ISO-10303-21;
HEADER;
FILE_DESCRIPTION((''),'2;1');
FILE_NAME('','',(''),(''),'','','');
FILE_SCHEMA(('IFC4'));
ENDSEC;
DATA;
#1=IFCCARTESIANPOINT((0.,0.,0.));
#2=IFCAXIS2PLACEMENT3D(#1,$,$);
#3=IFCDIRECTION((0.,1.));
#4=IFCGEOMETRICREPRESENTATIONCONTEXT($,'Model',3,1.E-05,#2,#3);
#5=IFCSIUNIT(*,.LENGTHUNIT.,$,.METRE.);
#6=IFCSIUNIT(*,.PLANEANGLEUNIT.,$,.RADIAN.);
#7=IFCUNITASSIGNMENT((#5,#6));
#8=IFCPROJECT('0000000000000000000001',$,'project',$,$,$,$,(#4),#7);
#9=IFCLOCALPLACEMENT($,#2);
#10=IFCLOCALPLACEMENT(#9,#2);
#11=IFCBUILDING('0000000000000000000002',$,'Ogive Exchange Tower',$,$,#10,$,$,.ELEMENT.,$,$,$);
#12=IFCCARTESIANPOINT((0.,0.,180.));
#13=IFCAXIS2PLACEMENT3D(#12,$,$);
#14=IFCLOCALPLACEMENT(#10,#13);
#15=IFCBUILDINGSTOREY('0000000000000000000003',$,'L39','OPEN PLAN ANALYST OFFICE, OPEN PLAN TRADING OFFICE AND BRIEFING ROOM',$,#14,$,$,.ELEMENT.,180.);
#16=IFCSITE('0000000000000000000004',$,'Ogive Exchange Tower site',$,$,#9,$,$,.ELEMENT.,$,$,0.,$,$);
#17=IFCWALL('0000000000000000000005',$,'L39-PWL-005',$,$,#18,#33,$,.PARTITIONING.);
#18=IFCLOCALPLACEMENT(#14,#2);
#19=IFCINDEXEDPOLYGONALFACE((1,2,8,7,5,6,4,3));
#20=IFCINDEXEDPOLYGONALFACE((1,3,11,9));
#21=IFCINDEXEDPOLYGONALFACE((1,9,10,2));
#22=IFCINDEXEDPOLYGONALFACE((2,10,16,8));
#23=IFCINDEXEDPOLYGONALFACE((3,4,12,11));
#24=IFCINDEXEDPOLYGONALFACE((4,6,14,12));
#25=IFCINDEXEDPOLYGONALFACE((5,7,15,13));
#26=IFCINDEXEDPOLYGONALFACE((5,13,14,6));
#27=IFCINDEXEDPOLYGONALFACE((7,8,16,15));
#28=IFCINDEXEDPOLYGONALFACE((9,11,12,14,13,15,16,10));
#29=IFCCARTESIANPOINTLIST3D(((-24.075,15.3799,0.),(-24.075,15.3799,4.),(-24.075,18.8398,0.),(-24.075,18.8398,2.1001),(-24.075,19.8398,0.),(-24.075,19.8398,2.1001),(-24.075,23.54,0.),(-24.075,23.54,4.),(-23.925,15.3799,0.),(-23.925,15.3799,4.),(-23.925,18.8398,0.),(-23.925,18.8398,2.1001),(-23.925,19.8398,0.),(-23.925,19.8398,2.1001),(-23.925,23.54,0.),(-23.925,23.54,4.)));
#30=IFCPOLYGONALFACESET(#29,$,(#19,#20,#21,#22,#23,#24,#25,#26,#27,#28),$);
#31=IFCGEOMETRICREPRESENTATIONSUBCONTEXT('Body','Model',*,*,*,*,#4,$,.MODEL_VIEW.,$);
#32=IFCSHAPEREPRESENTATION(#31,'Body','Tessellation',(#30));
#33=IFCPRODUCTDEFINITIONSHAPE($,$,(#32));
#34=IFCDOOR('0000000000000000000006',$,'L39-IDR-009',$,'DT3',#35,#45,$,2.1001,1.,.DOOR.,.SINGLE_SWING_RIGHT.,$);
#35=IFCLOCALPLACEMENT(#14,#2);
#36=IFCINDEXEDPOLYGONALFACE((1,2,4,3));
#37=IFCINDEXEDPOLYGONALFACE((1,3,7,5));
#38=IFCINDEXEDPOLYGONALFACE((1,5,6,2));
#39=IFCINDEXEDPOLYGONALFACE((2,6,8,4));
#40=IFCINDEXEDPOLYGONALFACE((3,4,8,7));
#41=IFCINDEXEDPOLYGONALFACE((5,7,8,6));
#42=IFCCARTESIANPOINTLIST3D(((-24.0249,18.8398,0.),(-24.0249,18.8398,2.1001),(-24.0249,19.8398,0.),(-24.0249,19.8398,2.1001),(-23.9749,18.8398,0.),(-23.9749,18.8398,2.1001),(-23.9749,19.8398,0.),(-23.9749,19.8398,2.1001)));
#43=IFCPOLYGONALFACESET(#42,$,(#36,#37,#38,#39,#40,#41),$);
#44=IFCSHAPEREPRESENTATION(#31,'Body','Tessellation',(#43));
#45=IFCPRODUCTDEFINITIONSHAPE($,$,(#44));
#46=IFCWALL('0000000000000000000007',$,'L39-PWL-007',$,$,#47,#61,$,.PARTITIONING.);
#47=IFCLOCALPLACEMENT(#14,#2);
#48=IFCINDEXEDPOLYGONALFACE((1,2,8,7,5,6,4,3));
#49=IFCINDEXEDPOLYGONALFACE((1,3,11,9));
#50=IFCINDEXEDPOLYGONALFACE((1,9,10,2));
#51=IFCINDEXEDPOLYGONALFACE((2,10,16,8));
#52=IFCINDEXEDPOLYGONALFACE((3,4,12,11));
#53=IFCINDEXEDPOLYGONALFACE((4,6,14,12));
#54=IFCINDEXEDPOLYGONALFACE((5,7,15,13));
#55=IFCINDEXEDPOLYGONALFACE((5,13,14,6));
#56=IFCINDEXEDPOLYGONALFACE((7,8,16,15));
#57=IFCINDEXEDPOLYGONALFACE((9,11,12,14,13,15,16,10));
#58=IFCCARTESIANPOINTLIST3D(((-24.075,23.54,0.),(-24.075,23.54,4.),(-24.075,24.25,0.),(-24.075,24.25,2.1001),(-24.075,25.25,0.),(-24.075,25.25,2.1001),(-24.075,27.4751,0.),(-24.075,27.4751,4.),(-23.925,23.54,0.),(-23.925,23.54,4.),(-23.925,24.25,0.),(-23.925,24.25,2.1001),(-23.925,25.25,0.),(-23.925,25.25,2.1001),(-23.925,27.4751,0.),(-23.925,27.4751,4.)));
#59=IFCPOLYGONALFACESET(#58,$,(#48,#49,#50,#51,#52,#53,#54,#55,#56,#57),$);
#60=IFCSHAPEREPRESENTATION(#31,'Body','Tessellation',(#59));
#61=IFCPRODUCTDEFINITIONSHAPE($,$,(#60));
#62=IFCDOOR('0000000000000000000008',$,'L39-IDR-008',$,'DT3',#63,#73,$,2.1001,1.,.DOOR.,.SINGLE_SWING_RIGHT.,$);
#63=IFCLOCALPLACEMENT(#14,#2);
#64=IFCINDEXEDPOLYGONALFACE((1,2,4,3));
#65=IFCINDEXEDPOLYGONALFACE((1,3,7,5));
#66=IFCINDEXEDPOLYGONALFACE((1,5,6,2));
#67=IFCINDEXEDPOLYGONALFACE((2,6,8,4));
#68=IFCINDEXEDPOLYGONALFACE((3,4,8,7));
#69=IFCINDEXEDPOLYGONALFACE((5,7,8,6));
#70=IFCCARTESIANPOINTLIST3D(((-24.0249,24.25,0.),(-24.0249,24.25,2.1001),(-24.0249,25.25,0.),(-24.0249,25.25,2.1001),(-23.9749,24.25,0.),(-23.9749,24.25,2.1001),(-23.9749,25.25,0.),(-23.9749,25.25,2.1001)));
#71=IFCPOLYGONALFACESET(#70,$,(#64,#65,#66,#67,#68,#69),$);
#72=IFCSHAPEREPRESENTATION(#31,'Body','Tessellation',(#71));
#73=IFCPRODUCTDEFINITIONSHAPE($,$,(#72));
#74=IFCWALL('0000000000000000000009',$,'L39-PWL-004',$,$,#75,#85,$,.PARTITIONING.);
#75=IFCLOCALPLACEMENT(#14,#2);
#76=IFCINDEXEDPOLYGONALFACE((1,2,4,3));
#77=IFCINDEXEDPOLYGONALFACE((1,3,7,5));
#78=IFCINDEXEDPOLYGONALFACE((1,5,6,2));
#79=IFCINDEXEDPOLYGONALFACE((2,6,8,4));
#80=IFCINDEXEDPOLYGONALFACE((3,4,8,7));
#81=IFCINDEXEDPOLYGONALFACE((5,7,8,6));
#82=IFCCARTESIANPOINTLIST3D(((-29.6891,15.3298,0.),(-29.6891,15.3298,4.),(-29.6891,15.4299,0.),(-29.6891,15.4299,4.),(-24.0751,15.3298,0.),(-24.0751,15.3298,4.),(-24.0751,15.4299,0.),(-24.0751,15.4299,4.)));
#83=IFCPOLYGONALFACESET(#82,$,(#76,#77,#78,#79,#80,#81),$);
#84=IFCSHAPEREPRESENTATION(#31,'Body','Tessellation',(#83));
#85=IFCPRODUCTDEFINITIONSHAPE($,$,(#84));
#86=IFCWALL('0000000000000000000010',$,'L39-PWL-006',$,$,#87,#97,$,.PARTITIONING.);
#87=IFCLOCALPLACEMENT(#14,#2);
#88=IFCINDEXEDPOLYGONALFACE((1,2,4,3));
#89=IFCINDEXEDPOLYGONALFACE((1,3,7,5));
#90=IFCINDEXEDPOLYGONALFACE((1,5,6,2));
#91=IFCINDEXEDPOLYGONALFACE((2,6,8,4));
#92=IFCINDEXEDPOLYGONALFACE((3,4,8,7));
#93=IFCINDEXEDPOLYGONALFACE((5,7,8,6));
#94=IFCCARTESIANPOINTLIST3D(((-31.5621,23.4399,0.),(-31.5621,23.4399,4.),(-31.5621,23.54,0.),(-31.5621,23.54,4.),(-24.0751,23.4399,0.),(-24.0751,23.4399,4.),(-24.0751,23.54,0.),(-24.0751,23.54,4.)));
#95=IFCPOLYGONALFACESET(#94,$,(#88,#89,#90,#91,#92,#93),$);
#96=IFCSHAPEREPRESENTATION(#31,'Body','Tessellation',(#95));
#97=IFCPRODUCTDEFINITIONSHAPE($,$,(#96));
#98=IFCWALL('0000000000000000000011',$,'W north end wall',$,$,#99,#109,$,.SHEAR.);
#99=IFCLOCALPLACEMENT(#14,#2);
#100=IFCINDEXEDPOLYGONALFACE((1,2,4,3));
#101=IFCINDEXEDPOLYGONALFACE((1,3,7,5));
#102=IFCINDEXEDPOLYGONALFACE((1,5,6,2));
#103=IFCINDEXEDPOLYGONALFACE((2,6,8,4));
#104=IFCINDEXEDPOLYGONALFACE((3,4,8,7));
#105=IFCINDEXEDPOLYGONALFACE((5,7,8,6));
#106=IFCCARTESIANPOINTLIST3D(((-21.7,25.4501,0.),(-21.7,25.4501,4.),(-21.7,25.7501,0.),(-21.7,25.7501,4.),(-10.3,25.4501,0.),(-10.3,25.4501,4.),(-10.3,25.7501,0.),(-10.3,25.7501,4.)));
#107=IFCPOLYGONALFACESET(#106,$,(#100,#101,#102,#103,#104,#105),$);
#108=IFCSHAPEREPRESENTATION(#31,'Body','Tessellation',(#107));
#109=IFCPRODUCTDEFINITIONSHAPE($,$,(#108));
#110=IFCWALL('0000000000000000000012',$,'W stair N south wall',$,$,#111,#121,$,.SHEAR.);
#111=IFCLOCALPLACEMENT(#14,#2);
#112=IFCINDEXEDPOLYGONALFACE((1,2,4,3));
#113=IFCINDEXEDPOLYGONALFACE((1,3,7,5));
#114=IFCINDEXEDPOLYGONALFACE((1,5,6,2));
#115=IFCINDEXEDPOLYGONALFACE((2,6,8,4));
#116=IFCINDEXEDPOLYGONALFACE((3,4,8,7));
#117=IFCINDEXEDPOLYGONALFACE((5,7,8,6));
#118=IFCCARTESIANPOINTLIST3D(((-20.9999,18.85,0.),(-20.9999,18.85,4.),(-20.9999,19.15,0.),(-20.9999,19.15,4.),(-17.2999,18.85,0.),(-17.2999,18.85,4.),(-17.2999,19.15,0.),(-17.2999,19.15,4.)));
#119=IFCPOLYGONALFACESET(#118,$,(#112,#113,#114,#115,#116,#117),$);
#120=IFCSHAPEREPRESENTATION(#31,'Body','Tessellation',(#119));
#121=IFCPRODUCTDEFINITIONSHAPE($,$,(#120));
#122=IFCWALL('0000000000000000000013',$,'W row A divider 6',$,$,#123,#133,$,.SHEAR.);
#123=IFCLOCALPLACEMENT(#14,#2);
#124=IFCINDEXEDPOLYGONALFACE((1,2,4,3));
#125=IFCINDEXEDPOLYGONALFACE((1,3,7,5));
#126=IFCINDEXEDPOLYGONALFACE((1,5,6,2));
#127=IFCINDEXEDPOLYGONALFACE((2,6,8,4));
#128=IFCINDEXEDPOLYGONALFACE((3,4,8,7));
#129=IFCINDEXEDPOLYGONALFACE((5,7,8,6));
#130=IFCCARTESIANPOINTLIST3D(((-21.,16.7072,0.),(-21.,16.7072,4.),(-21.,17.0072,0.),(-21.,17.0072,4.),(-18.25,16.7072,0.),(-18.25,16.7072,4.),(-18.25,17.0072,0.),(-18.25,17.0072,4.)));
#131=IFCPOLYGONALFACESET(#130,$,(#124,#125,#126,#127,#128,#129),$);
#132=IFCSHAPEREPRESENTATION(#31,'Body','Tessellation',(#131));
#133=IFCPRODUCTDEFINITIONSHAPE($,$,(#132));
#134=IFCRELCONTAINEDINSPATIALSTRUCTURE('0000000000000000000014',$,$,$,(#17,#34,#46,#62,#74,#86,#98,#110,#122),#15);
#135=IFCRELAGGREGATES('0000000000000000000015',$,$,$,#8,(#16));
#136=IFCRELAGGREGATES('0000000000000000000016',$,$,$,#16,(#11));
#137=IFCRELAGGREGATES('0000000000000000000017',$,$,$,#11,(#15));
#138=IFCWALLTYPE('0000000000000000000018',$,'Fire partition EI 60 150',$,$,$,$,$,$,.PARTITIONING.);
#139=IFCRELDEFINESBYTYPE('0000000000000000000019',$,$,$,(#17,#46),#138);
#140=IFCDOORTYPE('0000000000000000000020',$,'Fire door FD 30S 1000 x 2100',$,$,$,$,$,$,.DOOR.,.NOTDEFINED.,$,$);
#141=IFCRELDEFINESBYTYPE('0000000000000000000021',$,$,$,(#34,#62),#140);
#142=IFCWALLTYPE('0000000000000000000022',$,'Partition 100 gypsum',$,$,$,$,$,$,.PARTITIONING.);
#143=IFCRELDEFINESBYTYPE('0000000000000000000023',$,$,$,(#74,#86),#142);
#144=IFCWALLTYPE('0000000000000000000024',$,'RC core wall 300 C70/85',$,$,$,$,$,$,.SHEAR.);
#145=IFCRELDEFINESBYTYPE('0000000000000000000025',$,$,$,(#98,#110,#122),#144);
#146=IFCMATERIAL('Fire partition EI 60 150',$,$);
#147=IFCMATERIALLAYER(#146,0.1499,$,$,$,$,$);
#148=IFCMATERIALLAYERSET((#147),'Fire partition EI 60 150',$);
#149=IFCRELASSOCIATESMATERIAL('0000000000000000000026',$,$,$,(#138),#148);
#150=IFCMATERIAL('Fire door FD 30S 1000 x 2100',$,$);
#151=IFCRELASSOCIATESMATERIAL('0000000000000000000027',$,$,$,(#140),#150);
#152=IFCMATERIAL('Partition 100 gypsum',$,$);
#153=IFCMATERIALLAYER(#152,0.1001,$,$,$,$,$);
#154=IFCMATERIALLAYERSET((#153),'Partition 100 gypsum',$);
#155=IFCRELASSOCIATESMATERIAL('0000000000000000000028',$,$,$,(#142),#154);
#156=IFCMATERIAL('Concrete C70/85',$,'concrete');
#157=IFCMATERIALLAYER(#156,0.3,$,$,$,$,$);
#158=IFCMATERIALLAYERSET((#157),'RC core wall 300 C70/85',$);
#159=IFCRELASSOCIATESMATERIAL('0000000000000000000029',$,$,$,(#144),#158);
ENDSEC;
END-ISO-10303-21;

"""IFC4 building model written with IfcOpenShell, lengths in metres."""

from ifc_helpers import new_model, si_unit, direction, frame, frame_2d, origin, place, context, subcontext, project, spatial, rectangle, extrude, material, layer, layer_set, type_object, element, fill, save


model = new_model("IFC4")

# Units and contexts
model_context = context("Model", 3, precision=1e-05, world=origin(), true_north=direction((0.0, 1.0)))
body_context = subcontext(model_context, "Body", "Model", "MODEL_VIEW")
ifc_project = project(units=[si_unit("LENGTHUNIT", "METRE"), si_unit("PLANEANGLEUNIT", "RADIAN")], contexts=[model_context])

# Site, building, storey
site_placement = place(None, origin())
site = spatial("IfcSite", under=ifc_project, at=site_placement, Name="Ogive Exchange Tower site", CompositionType="ELEMENT", RefElevation=0.0)
building_placement = place(site_placement, origin())
building = spatial("IfcBuilding", under=site, at=building_placement, Name="Ogive Exchange Tower", CompositionType="ELEMENT")
storey_placement = place(building_placement, frame((0.0, 0.0, 180.0)))
storey = spatial("IfcBuildingStorey", under=building, at=storey_placement, Name="L39", Description="OPEN PLAN ANALYST OFFICE, OPEN PLAN TRADING OFFICE AND BRIEFING ROOM", CompositionType="ELEMENT", Elevation=180.0)

# Walls, openings, doors
ifc_material_1 = material(Name="Fire partition EI 60 150")
ifc_layer_1 = layer(ifc_material_1, 0.1499)
ifc_layer_set_1 = layer_set([ifc_layer_1], Name="Fire partition EI 60 150")
wall_type_1 = type_object("IfcWallType", Name="Fire partition EI 60 150", PredefinedType="PARTITIONING", material=ifc_layer_set_1)
wall_1_placement = place(storey_placement, frame((-24.0, 15.3799, 0.0), z_axis=(0.0, 0.0, 1.0), x_axis=(0.0, 1.0, 0.0)))
wall_1 = element("IfcWall", 1, at=wall_1_placement, inside=storey, type_object=wall_type_1, Name="L39-PWL-005", PredefinedType="PARTITIONING", context=body_context, shape_type="SweptSolid", body=[
    extrude(rectangle(XDim=8.1602, YDim=0.1499, at=frame_2d((4.0801, 0.0))), origin(), (0.0, 0.0, 1.0), 4.0),
])
opening_1_placement = place(wall_1_placement, frame((3.46, 0.0, 0.0)))
opening_1 = element("IfcOpeningElement", 2, at=opening_1_placement, cuts=wall_1, PredefinedType="OPENING", context=body_context, shape_type="SweptSolid", body=[
    extrude(rectangle(XDim=1.0, YDim=2.1001, at=frame_2d((0.5, 1.05))), frame((0.0, 0.085, 0.0), z_axis=(0.0, -1.0, 0.0), x_axis=(1.0, 0.0, 0.0)), (0.0, 0.0, 1.0), 0.1699),
])
ifc_material_2 = material(Name="Fire door FD 30S 1000 x 2100")
door_type = type_object("IfcDoorType", Name="Fire door FD 30S 1000 x 2100", OperationType="NOTDEFINED", PredefinedType="DOOR", material=ifc_material_2)
door_1_placement = place(opening_1_placement, origin())
door_1 = element("IfcDoor", 3, at=door_1_placement, inside=storey, type_object=door_type, Name="L39-IDR-009", ObjectType="DT3", OperationType="SINGLE_SWING_RIGHT", OverallHeight=2.1001, OverallWidth=1.0, PredefinedType="DOOR", context=body_context, shape_type="SweptSolid", body=[
    extrude(rectangle(XDim=1.0, YDim=2.1001, at=frame_2d((0.5, 1.05))), frame((0.0, 0.0249, 0.0), z_axis=(0.0, -1.0, 0.0), x_axis=(1.0, 0.0, 0.0)), (0.0, 0.0, 1.0), 0.05),
])
fill(opening_1, door_1)
wall_2_placement = place(storey_placement, frame((-24.0, 23.54, 0.0), z_axis=(0.0, 0.0, 1.0), x_axis=(0.0, 1.0, 0.0)))
wall_2 = element("IfcWall", 4, at=wall_2_placement, inside=storey, type_object=wall_type_1, Name="L39-PWL-007", PredefinedType="PARTITIONING", context=body_context, shape_type="SweptSolid", body=[
    extrude(rectangle(XDim=3.9351, YDim=0.1499, at=frame_2d((1.9675, 0.0))), origin(), (0.0, 0.0, 1.0), 4.0),
])
opening_2_placement = place(wall_2_placement, frame((0.71, 0.0, 0.0)))
opening_2 = element("IfcOpeningElement", 5, at=opening_2_placement, cuts=wall_2, PredefinedType="OPENING", context=body_context, shape_type="SweptSolid", body=[
    extrude(rectangle(XDim=1.0, YDim=2.1001, at=frame_2d((0.5, 1.05))), frame((0.0, 0.085, 0.0), z_axis=(0.0, -1.0, 0.0), x_axis=(1.0, 0.0, 0.0)), (0.0, 0.0, 1.0), 0.1699),
])
door_2_placement = place(opening_2_placement, origin())
door_2 = element("IfcDoor", 6, at=door_2_placement, inside=storey, type_object=door_type, Name="L39-IDR-008", ObjectType="DT3", OperationType="SINGLE_SWING_RIGHT", OverallHeight=2.1001, OverallWidth=1.0, PredefinedType="DOOR", context=body_context, shape_type="SweptSolid", body=[
    extrude(rectangle(XDim=1.0, YDim=2.1001, at=frame_2d((0.5, 1.05))), frame((0.0, 0.0249, 0.0), z_axis=(0.0, -1.0, 0.0), x_axis=(1.0, 0.0, 0.0)), (0.0, 0.0, 1.0), 0.05),
])
fill(opening_2, door_2)

# Walls
ifc_material_3 = material(Name="Partition 100 gypsum")
ifc_layer_2 = layer(ifc_material_3, 0.1001)
ifc_layer_set_2 = layer_set([ifc_layer_2], Name="Partition 100 gypsum")
wall_type_2 = type_object("IfcWallType", Name="Partition 100 gypsum", PredefinedType="PARTITIONING", material=ifc_layer_set_2)
wall_3_placement = place(storey_placement, frame((-24.075, 15.3799, 0.0), z_axis=(0.0, 0.0, 1.0), x_axis=(-1.0, 0.0, 0.0)))
element("IfcWall", 7, at=wall_3_placement, inside=storey, type_object=wall_type_2, Name="L39-PWL-004", PredefinedType="PARTITIONING", context=body_context, shape_type="SweptSolid", body=[
    extrude(rectangle(XDim=5.614, YDim=0.1001, at=frame_2d((2.8071, 0.0))), origin(), (0.0, 0.0, 1.0), 4.0),
])
wall_4_placement = place(storey_placement, frame((-24.075, 23.49, 0.0), z_axis=(0.0, 0.0, 1.0), x_axis=(-1.0, 0.0, 0.0)))
element("IfcWall", 8, at=wall_4_placement, inside=storey, type_object=wall_type_2, Name="L39-PWL-006", PredefinedType="PARTITIONING", context=body_context, shape_type="SweptSolid", body=[
    extrude(rectangle(XDim=7.4871, YDim=0.1001, at=frame_2d((3.7437, 0.0))), origin(), (0.0, 0.0, 1.0), 4.0),
])
ifc_material_4 = material(Name="Concrete C70/85", Category="concrete")
ifc_layer_3 = layer(ifc_material_4, 0.3)
ifc_layer_set_3 = layer_set([ifc_layer_3], Name="RC core wall 300 C70/85")
wall_type_3 = type_object("IfcWallType", Name="RC core wall 300 C70/85", PredefinedType="SHEAR", material=ifc_layer_set_3)
wall_5_placement = place(storey_placement, frame((-21.7, 25.6001, 0.0), z_axis=(0.0, 0.0, 1.0), x_axis=(1.0, 0.0, 0.0)))
element("IfcWall", 9, at=wall_5_placement, inside=storey, type_object=wall_type_3, Name="W north end wall", PredefinedType="SHEAR", context=body_context, shape_type="SweptSolid", body=[
    extrude(rectangle(XDim=11.3999, YDim=0.3, at=frame_2d((5.7, 0.0))), origin(), (0.0, 0.0, 1.0), 4.0),
])
wall_6_placement = place(storey_placement, frame((-21.0, 19.0, 0.0), z_axis=(0.0, 0.0, 1.0), x_axis=(1.0, 0.0, 0.0)))
element("IfcWall", 10, at=wall_6_placement, inside=storey, type_object=wall_type_3, Name="W stair N south wall", PredefinedType="SHEAR", context=body_context, shape_type="SweptSolid", body=[
    extrude(rectangle(XDim=3.7, YDim=0.3, at=frame_2d((1.8501, 0.0))), origin(), (0.0, 0.0, 1.0), 4.0),
])
wall_7_placement = place(storey_placement, frame((-21.0, 16.8572, 0.0), z_axis=(0.0, 0.0, 1.0), x_axis=(1.0, 0.0, 0.0)))
element("IfcWall", 11, at=wall_7_placement, inside=storey, type_object=wall_type_3, Name="W row A divider 6", PredefinedType="SHEAR", context=body_context, shape_type="SweptSolid", body=[
    extrude(rectangle(XDim=2.75, YDim=0.3, at=frame_2d((1.375, 0.0))), origin(), (0.0, 0.0, 1.0), 4.0),
])

save(model, "model.ifc")
